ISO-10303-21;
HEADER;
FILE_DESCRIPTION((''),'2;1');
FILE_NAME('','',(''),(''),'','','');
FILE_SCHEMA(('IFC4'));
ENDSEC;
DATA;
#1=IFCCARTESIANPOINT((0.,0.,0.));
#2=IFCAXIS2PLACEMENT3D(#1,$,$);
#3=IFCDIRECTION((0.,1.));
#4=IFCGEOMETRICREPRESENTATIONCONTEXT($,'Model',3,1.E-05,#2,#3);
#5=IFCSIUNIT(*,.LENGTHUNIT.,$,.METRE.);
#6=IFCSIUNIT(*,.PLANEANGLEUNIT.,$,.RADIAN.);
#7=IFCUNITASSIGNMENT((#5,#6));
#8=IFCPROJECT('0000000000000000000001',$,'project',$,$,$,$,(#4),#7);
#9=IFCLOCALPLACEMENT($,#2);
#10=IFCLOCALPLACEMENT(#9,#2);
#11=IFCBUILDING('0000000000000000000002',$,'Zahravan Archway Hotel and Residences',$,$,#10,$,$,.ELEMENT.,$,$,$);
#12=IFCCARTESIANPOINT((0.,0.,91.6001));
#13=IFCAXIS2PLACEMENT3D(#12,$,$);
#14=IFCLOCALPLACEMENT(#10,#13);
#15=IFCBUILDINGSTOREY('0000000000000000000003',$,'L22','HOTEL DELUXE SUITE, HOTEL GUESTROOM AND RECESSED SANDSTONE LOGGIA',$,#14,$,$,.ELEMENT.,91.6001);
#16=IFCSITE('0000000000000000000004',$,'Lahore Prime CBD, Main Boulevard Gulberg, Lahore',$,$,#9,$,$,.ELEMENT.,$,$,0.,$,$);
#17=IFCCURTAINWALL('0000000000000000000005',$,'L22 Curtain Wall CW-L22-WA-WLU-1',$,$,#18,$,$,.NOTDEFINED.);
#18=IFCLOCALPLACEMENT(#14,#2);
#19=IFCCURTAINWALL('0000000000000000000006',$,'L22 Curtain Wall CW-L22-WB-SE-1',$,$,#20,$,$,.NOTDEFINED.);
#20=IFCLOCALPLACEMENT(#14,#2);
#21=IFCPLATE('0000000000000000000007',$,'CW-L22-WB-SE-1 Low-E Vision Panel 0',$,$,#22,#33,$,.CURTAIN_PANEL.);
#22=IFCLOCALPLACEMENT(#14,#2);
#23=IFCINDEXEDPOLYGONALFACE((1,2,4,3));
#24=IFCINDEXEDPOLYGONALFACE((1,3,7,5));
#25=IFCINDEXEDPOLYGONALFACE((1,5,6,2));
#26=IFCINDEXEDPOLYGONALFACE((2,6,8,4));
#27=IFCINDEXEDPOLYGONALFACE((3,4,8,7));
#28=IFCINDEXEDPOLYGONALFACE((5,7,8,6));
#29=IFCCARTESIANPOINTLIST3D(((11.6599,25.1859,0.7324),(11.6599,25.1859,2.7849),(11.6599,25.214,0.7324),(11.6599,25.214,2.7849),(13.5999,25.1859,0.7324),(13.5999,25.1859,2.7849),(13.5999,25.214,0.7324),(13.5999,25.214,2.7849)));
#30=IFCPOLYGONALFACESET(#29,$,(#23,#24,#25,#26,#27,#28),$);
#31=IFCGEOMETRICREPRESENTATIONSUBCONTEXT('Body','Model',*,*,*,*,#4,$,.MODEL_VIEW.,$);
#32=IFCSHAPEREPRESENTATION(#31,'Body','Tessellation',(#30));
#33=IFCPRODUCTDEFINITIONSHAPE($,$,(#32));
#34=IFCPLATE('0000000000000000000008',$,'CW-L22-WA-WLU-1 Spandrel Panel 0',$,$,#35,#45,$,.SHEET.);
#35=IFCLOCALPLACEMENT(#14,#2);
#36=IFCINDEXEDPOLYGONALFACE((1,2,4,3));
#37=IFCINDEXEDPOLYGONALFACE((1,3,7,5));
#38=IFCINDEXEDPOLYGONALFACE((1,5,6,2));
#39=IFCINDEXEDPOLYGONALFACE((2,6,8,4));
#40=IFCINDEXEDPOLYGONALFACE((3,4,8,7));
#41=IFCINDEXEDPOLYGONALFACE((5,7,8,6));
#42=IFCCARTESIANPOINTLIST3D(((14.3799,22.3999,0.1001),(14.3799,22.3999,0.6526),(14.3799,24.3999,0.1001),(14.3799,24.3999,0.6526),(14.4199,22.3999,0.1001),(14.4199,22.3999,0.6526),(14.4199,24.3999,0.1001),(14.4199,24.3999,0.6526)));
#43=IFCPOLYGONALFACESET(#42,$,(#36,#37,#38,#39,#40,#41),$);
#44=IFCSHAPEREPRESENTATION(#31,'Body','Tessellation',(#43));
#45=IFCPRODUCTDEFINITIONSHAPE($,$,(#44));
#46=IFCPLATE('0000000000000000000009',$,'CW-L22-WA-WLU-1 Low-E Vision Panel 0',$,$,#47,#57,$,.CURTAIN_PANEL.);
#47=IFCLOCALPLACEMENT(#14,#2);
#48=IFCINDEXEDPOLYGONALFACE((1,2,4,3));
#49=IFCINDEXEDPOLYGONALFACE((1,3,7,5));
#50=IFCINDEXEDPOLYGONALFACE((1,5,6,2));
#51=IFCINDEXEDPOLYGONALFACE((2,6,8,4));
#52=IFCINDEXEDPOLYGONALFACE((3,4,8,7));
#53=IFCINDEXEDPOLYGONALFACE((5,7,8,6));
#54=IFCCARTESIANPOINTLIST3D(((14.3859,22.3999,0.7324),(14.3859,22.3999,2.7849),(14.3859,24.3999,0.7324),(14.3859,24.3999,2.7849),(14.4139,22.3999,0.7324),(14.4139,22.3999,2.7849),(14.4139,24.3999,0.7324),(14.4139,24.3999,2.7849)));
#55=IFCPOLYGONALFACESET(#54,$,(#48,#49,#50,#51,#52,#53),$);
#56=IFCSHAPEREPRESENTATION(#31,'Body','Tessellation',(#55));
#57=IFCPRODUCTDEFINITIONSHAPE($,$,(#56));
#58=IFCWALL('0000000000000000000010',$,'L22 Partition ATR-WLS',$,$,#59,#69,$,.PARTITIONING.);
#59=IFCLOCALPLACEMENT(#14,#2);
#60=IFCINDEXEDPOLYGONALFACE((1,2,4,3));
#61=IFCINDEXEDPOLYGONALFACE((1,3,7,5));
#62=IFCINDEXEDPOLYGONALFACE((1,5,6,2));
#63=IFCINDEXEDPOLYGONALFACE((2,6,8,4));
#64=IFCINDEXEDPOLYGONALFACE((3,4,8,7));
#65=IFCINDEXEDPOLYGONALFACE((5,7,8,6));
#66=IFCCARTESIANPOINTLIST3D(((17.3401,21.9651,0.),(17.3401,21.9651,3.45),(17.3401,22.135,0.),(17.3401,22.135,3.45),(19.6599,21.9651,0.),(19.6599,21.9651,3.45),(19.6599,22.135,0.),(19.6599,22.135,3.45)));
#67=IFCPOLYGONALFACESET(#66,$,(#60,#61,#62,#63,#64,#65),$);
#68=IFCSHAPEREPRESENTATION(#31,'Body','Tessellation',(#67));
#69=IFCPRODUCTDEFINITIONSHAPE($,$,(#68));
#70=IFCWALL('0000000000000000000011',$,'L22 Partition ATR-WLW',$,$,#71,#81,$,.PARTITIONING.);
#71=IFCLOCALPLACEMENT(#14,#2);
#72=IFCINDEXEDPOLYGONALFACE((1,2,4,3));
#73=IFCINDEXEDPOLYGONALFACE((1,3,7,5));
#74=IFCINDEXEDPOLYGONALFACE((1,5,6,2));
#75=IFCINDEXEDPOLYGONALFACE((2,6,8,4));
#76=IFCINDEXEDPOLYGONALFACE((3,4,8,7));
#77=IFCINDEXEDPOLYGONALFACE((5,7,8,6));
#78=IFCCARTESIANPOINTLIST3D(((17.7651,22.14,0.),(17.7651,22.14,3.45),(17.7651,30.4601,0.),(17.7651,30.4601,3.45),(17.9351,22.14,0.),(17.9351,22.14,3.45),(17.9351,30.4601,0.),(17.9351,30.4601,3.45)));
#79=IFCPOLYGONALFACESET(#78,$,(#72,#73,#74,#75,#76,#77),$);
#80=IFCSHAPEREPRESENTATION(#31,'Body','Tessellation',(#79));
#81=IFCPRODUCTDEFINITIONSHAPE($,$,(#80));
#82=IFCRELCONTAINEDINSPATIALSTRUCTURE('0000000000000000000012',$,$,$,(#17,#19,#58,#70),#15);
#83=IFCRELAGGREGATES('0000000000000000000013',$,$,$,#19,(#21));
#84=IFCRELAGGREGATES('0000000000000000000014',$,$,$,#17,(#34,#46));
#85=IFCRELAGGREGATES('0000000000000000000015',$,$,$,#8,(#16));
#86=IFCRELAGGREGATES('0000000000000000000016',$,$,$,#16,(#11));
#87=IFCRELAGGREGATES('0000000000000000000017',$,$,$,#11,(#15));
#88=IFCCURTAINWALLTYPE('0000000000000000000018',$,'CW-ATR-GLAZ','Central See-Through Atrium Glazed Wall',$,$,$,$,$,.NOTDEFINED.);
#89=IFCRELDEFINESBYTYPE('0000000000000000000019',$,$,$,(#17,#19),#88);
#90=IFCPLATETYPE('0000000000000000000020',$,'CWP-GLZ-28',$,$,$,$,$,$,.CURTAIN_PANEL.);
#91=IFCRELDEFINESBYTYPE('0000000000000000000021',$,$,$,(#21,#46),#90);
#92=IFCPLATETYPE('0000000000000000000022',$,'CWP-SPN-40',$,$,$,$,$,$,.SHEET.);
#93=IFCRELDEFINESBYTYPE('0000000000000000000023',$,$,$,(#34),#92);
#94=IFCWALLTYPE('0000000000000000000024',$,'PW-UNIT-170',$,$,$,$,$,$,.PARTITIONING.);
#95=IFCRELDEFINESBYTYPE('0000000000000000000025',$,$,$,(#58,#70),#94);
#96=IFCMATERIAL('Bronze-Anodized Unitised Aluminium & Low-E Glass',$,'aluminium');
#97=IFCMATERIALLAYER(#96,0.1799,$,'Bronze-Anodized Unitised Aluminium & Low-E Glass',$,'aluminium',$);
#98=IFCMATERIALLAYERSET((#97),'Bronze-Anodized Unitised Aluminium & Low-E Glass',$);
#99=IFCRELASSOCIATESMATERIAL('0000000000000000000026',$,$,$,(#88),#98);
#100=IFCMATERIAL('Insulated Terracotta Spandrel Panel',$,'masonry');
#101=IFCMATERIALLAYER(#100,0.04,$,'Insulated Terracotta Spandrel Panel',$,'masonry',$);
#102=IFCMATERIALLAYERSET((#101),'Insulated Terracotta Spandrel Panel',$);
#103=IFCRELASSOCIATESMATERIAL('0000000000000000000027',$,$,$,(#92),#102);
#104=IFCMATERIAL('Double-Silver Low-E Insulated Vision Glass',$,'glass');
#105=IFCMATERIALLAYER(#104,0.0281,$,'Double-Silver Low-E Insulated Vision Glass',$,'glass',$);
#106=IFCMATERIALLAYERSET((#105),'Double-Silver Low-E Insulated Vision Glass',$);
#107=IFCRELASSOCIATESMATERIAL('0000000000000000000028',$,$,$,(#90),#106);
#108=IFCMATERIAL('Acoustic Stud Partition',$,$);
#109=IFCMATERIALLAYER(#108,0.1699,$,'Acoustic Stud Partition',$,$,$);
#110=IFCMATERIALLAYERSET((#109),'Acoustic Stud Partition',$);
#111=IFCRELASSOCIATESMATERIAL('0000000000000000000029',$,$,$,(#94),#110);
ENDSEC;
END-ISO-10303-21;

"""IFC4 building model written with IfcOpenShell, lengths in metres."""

from ifc_helpers import new_model, si_unit, direction, frame, frame_2d, origin, origin_2d, place, context, subcontext, project, spatial, rectangle, extrude, source, transform, mapped, material, layer, layer_set, type_object, element, aggregate, save


model = new_model("IFC4")

# Units and contexts
model_context = context("Model", 3, precision=1e-05, world=origin(), true_north=direction((0.0, 1.0)))
body_context = subcontext(model_context, "Body", "Model", "MODEL_VIEW")
ifc_project = project(units=[si_unit("LENGTHUNIT", "METRE"), si_unit("PLANEANGLEUNIT", "RADIAN")], contexts=[model_context])

# Site, building, storey
site_placement = place(None, origin())
site = spatial("IfcSite", under=ifc_project, at=site_placement, Name="Lahore Prime CBD, Main Boulevard Gulberg, Lahore", CompositionType="ELEMENT", RefElevation=0.0)
building_placement = place(site_placement, origin())
building = spatial("IfcBuilding", under=site, at=building_placement, Name="Zahravan Archway Hotel and Residences", CompositionType="ELEMENT")
storey_placement = place(building_placement, frame((0.0, 0.0, 91.6001)))
storey = spatial("IfcBuildingStorey", under=building, at=storey_placement, Name="L22", Description="HOTEL DELUXE SUITE, HOTEL GUESTROOM AND RECESSED SANDSTONE LOGGIA", CompositionType="ELEMENT", Elevation=91.6001)

# Curtain walls
ifc_material_1 = material(Name="Bronze-Anodized Unitised Aluminium & Low-E Glass", Category="aluminium")
ifc_layer_1 = layer(ifc_material_1, 0.1799, Name="Bronze-Anodized Unitised Aluminium & Low-E Glass", Category="aluminium")
ifc_layer_set_1 = layer_set([ifc_layer_1], Name="Bronze-Anodized Unitised Aluminium & Low-E Glass")
curtain_wall_type = type_object("IfcCurtainWallType", Name="CW-ATR-GLAZ", Description="Central See-Through Atrium Glazed Wall", PredefinedType="NOTDEFINED", material=ifc_layer_set_1)
curtain_wall_1_placement = place(storey_placement, origin())
curtain_wall_1 = element("IfcCurtainWall", 1, at=curtain_wall_1_placement, inside=storey, type_object=curtain_wall_type, Name="L22 Curtain Wall CW-L22-WA-WLU-1", PredefinedType="NOTDEFINED")
curtain_wall_2_placement = place(storey_placement, origin())
curtain_wall_2 = element("IfcCurtainWall", 2, at=curtain_wall_2_placement, inside=storey, type_object=curtain_wall_type, Name="L22 Curtain Wall CW-L22-WB-SE-1", PredefinedType="NOTDEFINED")

# Plates
ifc_material_2 = material(Name="Insulated Terracotta Spandrel Panel", Category="masonry")
ifc_layer_2 = layer(ifc_material_2, 0.04, Name="Insulated Terracotta Spandrel Panel", Category="masonry")
ifc_layer_set_2 = layer_set([ifc_layer_2], Name="Insulated Terracotta Spandrel Panel")
plate_type_1 = type_object("IfcPlateType", Name="CWP-SPN-40", PredefinedType="SHEET", material=ifc_layer_set_2)
ifc_material_3 = material(Name="Double-Silver Low-E Insulated Vision Glass", Category="glass")
ifc_layer_3 = layer(ifc_material_3, 0.0281, Name="Double-Silver Low-E Insulated Vision Glass", Category="glass")
ifc_layer_set_3 = layer_set([ifc_layer_3], Name="Double-Silver Low-E Insulated Vision Glass")
plate_type_2 = type_object("IfcPlateType", Name="CWP-GLZ-28", PredefinedType="CURTAIN_PANEL", material=ifc_layer_set_3)
shared_shape_1 = source(origin(), body_context, "Body", "SweptSolid", [
    extrude(rectangle(XDim=1.9399, YDim=0.0281, at=origin_2d()), origin(), (0.0, 0.0, 1.0), 2.0525),
])
plate_1_placement = place(storey_placement, frame((12.6299, 25.2, 0.7324), z_axis=(0.0, 0.0, 1.0), x_axis=(1.0, 0.0, 0.0)))
plate_1 = element("IfcPlate", 3, at=plate_1_placement, type_object=plate_type_2, Name="CW-L22-WB-SE-1 Low-E Vision Panel 0", PredefinedType="CURTAIN_PANEL", context=body_context, shape_type="MappedRepresentation", body=[
    mapped(shared_shape_1, transform((0.0, 0.0, 0.0), scale=1.0)),
])
aggregate(curtain_wall_2, [plate_1])
shared_shape_2 = source(origin(), body_context, "Body", "SweptSolid", [
    extrude(rectangle(XDim=2.0, YDim=0.04, at=origin_2d()), origin(), (0.0, 0.0, 1.0), 0.5525),
])
plate_2_placement = place(storey_placement, frame((14.3999, 23.3999, 0.1001), z_axis=(0.0, 0.0, 1.0), x_axis=(0.0, 1.0, 0.0)))
plate_2 = element("IfcPlate", 4, at=plate_2_placement, type_object=plate_type_1, Name="CW-L22-WA-WLU-1 Spandrel Panel 0", PredefinedType="SHEET", context=body_context, shape_type="MappedRepresentation", body=[
    mapped(shared_shape_2, transform((0.0, 0.0, 0.0), scale=1.0)),
])
shared_shape_3 = source(origin(), body_context, "Body", "SweptSolid", [
    extrude(rectangle(XDim=2.0, YDim=0.0281, at=origin_2d()), origin(), (0.0, 0.0, 1.0), 2.0525),
])
plate_3_placement = place(storey_placement, frame((14.3999, 23.3999, 0.7324), z_axis=(0.0, 0.0, 1.0), x_axis=(0.0, 1.0, 0.0)))
plate_3 = element("IfcPlate", 5, at=plate_3_placement, type_object=plate_type_2, Name="CW-L22-WA-WLU-1 Low-E Vision Panel 0", PredefinedType="CURTAIN_PANEL", context=body_context, shape_type="MappedRepresentation", body=[
    mapped(shared_shape_3, transform((0.0, 0.0, 0.0), scale=1.0)),
])
aggregate(curtain_wall_1, [plate_2, plate_3])

# Walls
ifc_material_4 = material(Name="Acoustic Stud Partition")
ifc_layer_4 = layer(ifc_material_4, 0.1699, Name="Acoustic Stud Partition")
ifc_layer_set_4 = layer_set([ifc_layer_4], Name="Acoustic Stud Partition")
wall_type = type_object("IfcWallType", Name="PW-UNIT-170", PredefinedType="PARTITIONING", material=ifc_layer_set_4)
wall_1_placement = place(storey_placement, frame((17.3401, 22.05, 0.0), z_axis=(0.0, 0.0, 1.0), x_axis=(1.0, 0.0, 0.0)))
element("IfcWall", 6, at=wall_1_placement, inside=storey, type_object=wall_type, Name="L22 Partition ATR-WLS", PredefinedType="PARTITIONING", context=body_context, shape_type="SweptSolid", body=[
    extrude(rectangle(XDim=2.3198, YDim=0.1699, at=frame_2d((1.1599, 0.0))), origin(), (0.0, 0.0, 1.0), 3.45),
])
wall_2_placement = place(storey_placement, frame((17.8501, 22.1399, 0.0), z_axis=(0.0, 0.0, 1.0), x_axis=(0.0, 1.0, 0.0)))
element("IfcWall", 7, at=wall_2_placement, inside=storey, type_object=wall_type, Name="L22 Partition ATR-WLW", PredefinedType="PARTITIONING", context=body_context, shape_type="SweptSolid", body=[
    extrude(rectangle(XDim=8.3201, YDim=0.1699, at=frame_2d((4.1602, 0.0))), origin(), (0.0, 0.0, 1.0), 3.45),
])

save(model, "model.ifc")
